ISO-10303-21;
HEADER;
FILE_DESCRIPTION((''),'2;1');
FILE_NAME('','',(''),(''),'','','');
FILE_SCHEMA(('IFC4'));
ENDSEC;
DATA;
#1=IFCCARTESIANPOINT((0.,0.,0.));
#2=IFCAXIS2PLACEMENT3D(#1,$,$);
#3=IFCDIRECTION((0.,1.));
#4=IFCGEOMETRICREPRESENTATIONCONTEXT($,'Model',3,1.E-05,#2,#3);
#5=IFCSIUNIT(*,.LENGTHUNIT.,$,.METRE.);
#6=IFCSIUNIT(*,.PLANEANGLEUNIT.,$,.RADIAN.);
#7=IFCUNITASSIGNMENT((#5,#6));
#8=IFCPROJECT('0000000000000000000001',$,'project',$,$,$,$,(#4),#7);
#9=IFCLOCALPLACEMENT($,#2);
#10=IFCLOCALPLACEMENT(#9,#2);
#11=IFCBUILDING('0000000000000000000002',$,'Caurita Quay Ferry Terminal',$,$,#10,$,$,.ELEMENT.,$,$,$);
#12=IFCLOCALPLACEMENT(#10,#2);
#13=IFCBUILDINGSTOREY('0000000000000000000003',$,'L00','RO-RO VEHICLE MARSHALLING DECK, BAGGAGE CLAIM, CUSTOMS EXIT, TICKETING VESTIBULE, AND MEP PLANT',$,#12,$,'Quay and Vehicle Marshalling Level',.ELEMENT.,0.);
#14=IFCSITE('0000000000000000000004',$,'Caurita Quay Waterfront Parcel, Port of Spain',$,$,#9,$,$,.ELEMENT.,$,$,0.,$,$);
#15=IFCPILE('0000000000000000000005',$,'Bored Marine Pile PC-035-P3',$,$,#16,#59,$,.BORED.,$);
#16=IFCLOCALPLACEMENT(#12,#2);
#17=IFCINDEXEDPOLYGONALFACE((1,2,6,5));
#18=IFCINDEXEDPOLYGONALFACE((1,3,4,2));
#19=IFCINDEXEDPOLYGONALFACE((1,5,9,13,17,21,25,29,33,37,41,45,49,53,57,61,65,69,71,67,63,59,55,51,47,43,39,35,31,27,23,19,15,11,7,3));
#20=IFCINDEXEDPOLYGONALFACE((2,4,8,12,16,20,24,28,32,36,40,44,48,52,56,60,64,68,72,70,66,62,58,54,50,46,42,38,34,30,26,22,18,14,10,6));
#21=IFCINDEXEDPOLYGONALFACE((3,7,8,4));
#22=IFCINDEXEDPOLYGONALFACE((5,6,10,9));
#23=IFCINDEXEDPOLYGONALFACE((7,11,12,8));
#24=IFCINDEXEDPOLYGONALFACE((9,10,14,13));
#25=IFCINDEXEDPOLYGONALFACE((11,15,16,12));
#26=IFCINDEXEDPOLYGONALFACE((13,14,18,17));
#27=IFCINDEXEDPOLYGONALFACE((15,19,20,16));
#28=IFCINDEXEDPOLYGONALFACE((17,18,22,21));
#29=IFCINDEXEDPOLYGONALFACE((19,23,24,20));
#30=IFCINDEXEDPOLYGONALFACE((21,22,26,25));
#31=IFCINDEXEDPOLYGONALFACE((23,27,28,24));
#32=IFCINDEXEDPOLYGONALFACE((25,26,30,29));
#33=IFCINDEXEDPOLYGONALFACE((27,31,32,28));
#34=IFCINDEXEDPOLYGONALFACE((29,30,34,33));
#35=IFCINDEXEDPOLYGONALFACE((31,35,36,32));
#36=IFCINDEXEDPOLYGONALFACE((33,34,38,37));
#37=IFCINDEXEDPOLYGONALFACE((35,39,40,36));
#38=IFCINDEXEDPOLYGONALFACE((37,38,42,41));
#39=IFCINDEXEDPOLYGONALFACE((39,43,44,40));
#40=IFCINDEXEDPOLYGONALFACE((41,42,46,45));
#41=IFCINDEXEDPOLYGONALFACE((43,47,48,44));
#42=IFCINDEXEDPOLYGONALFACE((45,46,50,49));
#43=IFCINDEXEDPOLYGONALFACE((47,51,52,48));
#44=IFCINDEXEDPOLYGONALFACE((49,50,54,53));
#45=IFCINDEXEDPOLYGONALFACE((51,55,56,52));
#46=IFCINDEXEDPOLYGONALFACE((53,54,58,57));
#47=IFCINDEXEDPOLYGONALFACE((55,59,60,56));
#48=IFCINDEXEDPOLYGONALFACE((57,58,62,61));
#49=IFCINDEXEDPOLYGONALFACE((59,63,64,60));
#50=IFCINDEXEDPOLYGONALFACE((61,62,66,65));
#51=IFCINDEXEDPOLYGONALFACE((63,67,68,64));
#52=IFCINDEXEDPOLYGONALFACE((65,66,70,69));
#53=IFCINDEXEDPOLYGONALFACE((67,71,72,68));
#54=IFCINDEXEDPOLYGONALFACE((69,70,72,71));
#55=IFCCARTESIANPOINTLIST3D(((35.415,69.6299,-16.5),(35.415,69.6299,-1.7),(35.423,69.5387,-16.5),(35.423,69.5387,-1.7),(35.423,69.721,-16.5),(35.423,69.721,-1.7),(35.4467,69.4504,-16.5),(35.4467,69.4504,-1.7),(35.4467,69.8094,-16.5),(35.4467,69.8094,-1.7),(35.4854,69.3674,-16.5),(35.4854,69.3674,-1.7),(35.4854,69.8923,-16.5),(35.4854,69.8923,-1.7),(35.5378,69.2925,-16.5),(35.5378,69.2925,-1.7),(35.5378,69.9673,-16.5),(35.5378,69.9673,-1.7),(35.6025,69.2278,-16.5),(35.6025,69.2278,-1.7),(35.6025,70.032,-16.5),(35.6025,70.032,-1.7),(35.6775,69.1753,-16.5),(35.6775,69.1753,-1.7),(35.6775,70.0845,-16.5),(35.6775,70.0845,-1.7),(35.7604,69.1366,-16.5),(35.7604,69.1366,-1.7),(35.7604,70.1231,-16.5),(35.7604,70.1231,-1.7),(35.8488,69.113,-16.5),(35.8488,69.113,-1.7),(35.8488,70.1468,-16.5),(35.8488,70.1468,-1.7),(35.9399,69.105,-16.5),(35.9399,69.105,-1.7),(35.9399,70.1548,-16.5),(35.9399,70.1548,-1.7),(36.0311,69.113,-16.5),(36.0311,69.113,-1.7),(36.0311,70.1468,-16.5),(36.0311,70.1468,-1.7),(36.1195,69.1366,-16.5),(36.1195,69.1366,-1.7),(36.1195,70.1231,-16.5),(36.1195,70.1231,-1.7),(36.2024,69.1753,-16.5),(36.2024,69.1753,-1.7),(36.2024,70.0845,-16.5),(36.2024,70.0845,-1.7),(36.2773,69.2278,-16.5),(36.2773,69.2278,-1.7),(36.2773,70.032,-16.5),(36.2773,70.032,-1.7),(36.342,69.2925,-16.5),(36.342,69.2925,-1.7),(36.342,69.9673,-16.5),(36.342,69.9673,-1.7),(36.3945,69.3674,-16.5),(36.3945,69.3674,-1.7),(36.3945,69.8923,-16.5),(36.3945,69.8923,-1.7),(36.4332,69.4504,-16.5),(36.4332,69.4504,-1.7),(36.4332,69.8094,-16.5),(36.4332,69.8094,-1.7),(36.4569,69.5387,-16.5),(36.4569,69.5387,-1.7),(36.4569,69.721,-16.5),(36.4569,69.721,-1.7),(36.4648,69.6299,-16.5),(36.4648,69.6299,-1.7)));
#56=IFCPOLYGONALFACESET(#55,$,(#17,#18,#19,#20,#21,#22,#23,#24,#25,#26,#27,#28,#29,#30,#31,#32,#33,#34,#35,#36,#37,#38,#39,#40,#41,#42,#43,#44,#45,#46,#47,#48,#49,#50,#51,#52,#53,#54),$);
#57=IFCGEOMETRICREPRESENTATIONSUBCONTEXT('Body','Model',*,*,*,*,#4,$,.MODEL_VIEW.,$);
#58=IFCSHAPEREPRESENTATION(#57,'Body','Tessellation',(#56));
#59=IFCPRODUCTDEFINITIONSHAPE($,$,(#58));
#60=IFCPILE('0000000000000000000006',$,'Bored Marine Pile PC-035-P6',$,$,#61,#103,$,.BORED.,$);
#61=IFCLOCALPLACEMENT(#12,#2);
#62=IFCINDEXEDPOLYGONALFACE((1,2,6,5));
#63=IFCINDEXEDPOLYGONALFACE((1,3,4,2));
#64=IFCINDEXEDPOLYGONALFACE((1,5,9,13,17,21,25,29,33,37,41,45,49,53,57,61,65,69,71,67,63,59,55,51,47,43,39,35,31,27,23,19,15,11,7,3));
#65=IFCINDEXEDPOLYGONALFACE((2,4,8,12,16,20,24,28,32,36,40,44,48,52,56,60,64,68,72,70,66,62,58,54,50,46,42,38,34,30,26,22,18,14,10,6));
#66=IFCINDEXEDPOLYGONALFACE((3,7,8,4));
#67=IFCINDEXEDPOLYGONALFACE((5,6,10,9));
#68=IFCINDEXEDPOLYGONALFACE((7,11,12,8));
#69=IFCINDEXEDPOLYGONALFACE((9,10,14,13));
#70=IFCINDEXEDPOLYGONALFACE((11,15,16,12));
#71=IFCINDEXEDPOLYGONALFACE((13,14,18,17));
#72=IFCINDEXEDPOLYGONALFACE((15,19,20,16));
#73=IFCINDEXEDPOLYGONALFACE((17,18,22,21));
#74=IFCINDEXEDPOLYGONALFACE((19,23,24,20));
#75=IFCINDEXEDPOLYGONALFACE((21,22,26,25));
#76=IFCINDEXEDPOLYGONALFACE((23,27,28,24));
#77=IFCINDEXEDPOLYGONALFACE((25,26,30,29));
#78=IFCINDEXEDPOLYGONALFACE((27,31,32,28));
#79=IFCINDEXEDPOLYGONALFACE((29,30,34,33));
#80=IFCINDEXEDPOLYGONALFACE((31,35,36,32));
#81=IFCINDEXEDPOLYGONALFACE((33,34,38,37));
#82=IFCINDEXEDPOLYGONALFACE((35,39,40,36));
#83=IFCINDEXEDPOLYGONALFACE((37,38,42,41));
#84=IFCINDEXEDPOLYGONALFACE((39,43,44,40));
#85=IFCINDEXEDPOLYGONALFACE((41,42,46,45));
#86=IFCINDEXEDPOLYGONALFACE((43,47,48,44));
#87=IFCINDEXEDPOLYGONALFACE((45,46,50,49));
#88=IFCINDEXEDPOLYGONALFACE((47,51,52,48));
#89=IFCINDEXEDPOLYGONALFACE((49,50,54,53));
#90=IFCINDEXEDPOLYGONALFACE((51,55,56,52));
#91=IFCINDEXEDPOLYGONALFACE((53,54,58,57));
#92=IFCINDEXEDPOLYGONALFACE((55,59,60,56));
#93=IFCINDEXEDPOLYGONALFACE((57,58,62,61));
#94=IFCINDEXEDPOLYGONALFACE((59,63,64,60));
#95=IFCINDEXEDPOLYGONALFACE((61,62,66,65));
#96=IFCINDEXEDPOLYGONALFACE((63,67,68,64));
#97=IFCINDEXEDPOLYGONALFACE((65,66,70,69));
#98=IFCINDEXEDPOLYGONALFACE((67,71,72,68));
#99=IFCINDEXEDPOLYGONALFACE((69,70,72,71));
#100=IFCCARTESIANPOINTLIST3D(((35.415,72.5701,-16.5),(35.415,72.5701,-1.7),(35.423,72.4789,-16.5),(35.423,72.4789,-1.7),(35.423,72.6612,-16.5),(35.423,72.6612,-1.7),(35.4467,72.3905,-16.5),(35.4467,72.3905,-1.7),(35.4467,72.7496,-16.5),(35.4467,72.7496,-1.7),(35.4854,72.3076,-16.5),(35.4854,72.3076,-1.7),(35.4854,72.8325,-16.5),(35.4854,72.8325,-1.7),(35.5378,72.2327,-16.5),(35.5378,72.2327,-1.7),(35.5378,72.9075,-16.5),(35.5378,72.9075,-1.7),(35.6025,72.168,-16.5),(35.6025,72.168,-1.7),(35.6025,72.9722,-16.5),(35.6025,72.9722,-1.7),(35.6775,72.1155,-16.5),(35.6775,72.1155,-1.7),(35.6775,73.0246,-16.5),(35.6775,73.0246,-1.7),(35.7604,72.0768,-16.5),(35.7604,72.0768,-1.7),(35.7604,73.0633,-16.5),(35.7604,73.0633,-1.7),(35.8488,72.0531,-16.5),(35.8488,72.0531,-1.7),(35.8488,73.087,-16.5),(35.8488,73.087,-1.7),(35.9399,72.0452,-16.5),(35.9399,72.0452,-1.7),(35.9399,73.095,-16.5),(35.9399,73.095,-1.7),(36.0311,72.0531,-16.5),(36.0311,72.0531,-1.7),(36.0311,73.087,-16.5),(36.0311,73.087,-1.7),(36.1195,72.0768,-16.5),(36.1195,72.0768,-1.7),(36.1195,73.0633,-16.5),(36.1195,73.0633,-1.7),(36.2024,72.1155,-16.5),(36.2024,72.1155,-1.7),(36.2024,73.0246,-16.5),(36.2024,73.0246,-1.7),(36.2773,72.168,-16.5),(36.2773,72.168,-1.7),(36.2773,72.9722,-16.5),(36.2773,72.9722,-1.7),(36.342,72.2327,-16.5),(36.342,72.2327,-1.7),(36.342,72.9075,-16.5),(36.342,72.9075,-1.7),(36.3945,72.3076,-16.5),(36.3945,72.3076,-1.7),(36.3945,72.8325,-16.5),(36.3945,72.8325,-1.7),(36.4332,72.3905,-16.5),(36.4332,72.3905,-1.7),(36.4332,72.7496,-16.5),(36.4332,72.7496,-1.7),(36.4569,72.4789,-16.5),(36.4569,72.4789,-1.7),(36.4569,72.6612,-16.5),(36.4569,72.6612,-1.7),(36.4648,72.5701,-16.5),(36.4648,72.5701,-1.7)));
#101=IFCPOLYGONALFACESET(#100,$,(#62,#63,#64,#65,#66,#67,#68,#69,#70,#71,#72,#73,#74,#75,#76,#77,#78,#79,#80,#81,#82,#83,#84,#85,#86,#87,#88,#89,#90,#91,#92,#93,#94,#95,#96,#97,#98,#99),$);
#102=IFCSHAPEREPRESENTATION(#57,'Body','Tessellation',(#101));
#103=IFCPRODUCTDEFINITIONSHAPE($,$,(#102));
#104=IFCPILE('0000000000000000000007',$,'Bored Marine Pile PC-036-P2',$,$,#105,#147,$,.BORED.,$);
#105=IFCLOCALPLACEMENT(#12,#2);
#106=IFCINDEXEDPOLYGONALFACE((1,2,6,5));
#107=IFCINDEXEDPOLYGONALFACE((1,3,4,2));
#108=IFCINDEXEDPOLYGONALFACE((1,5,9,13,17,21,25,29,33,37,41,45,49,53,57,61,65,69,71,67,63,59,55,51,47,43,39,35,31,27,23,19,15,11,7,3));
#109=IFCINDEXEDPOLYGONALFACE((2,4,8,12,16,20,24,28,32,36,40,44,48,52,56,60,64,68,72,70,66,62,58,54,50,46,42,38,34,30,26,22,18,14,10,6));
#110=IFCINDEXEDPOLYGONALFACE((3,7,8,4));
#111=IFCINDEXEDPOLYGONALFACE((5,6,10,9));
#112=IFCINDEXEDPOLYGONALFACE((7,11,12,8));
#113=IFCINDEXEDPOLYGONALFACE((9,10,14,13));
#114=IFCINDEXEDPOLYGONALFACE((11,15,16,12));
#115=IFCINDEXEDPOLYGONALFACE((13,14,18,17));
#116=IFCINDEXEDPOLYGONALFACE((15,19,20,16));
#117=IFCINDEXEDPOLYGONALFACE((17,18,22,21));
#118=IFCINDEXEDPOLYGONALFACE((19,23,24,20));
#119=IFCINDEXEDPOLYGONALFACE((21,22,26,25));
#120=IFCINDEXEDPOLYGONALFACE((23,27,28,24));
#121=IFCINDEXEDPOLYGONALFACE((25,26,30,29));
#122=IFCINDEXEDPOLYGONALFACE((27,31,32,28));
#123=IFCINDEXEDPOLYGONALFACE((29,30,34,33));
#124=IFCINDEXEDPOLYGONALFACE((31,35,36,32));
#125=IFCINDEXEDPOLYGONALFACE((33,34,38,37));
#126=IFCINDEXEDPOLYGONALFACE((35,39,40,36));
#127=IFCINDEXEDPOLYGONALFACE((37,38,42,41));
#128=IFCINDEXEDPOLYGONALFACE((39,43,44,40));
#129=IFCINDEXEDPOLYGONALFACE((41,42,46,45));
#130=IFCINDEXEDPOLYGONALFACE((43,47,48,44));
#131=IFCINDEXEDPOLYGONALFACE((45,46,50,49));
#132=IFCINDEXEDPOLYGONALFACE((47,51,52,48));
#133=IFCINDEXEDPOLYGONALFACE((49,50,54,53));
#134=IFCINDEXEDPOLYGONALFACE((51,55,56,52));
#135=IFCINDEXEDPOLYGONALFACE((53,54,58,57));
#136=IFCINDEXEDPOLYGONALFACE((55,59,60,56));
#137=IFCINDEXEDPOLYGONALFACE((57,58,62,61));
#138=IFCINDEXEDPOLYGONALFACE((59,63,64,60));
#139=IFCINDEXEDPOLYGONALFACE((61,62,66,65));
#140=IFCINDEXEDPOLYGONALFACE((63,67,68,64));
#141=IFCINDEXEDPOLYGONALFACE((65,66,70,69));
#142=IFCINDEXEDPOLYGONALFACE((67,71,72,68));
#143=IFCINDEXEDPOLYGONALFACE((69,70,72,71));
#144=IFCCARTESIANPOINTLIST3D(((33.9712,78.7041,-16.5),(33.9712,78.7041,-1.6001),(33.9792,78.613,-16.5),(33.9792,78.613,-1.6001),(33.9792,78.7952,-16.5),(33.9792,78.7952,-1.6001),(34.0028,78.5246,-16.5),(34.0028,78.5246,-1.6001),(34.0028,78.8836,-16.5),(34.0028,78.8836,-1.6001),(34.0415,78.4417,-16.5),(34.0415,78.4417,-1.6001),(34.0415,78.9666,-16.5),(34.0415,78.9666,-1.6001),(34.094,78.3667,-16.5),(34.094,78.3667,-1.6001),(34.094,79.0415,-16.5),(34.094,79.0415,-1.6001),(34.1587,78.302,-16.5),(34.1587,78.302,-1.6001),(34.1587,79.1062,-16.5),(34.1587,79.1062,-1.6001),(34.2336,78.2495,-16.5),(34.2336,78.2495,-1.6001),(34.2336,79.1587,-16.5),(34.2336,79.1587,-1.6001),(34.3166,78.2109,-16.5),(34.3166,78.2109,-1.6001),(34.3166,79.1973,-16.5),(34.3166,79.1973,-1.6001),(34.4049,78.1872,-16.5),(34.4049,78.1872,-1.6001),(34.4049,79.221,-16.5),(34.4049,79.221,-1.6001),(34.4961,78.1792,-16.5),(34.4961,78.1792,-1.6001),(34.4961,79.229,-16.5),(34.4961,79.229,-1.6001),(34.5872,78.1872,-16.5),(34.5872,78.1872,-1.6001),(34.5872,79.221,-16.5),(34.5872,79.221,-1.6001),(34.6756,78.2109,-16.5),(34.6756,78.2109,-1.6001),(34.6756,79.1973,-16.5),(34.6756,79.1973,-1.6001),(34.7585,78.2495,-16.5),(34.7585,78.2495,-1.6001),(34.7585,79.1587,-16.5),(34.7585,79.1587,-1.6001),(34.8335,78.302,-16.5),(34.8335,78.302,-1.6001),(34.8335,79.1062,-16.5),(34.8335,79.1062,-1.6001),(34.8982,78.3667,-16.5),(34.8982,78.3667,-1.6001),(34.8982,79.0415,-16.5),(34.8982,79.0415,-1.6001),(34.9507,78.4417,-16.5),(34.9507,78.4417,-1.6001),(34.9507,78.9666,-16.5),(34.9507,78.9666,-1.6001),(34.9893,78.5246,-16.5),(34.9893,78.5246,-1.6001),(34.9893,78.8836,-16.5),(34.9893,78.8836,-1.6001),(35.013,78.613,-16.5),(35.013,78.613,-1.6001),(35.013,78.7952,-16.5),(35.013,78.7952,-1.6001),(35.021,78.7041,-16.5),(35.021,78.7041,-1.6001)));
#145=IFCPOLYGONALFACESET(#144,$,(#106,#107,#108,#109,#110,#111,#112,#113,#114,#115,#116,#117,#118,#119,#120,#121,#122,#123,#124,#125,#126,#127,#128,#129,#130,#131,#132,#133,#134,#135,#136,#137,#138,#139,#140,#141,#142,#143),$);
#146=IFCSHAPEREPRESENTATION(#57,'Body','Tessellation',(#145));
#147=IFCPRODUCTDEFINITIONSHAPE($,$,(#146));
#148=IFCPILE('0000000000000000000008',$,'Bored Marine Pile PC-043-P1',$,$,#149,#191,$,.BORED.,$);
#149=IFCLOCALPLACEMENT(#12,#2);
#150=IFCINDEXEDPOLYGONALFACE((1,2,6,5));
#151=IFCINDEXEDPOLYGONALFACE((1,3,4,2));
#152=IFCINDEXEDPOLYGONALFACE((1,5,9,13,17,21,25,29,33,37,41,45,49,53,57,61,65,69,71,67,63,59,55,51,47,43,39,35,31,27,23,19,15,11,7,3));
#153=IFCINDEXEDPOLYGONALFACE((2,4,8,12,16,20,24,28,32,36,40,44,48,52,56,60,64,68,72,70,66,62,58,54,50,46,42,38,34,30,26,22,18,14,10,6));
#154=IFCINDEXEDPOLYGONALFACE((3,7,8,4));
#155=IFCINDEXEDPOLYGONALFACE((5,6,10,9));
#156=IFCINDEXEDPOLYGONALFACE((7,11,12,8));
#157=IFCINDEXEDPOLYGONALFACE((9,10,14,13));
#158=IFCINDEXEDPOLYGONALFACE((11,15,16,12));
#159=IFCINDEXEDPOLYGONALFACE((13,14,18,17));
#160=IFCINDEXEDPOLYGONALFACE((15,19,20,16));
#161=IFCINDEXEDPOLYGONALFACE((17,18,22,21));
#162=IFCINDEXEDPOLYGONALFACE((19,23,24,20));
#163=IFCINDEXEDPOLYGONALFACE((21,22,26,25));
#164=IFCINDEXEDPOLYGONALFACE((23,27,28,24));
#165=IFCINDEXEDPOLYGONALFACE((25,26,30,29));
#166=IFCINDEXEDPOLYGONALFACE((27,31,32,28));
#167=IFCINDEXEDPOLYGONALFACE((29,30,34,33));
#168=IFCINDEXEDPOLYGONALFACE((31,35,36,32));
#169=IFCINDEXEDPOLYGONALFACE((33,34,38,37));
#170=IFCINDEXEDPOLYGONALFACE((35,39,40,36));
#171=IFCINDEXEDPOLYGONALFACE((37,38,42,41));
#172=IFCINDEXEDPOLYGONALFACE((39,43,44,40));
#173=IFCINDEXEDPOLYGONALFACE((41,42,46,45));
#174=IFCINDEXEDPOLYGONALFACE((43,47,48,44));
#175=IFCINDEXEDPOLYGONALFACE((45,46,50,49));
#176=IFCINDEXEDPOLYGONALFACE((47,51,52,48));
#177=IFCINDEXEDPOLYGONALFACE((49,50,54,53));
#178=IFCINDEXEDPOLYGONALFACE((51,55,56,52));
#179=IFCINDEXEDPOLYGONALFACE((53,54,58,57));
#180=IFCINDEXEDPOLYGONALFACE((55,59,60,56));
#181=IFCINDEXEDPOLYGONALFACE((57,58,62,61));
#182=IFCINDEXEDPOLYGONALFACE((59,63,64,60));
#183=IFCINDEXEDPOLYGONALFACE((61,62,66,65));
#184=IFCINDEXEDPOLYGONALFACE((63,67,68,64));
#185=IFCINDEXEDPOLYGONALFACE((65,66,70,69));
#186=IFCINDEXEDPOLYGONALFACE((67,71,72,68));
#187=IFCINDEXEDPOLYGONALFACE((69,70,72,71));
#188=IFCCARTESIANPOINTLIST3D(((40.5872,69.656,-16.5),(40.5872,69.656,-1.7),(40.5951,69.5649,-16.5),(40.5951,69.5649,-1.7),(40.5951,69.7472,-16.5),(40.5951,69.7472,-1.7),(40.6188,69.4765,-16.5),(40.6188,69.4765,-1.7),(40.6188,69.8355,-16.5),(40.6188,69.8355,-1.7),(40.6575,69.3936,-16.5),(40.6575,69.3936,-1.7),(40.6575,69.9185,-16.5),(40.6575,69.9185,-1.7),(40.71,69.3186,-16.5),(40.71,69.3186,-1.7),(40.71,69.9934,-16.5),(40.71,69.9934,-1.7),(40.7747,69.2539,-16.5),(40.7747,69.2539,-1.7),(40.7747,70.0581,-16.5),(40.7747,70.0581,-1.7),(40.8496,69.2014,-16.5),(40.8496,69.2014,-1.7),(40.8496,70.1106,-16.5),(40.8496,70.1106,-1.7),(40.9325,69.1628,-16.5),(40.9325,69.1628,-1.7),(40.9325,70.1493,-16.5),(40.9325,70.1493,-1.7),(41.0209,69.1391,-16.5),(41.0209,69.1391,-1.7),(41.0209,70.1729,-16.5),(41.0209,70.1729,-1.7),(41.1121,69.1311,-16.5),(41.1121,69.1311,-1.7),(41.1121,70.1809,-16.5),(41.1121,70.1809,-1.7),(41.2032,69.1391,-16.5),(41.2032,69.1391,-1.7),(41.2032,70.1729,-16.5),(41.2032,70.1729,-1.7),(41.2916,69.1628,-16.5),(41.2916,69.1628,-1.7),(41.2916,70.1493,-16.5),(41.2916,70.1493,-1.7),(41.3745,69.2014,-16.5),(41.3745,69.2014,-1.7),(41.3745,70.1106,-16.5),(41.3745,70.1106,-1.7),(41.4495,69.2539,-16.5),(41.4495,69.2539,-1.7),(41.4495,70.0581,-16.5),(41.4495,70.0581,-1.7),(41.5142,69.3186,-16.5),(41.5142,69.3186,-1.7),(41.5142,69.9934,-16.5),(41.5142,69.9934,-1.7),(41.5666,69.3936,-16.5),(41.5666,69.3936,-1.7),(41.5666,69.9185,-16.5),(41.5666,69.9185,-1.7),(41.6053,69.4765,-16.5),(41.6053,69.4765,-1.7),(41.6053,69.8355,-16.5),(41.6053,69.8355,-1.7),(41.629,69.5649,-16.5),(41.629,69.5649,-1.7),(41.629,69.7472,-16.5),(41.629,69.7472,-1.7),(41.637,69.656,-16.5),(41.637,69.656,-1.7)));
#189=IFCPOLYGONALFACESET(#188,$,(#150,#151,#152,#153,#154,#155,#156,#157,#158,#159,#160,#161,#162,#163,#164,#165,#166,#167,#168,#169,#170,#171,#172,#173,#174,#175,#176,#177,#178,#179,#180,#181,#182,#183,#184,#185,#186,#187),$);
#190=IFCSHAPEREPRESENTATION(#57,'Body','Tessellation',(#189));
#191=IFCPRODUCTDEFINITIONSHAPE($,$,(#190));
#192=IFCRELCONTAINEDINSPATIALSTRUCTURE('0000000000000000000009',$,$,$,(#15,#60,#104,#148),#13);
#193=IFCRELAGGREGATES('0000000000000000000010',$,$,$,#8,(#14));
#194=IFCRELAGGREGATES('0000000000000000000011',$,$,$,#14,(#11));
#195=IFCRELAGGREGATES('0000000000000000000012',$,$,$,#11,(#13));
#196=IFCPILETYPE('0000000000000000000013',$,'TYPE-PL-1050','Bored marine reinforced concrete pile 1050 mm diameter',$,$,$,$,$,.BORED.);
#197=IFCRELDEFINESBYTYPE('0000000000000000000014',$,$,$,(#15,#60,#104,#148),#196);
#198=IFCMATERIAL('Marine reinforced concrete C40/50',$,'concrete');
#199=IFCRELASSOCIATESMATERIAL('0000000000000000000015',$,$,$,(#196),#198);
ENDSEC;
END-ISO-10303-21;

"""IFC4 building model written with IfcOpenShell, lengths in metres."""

from ifc_helpers import new_model, si_unit, direction, frame, origin, origin_2d, place, context, subcontext, project, spatial, circle, extrude, material, material_profile, profile_set, type_object, element, save


model = new_model("IFC4")

# Units and contexts
model_context = context("Model", 3, precision=1e-05, world=origin(), true_north=direction((0.0, 1.0)))
body_context = subcontext(model_context, "Body", "Model", "MODEL_VIEW")
ifc_project = project(units=[si_unit("LENGTHUNIT", "METRE"), si_unit("PLANEANGLEUNIT", "RADIAN")], contexts=[model_context])

# Site, building, storey
site_placement = place(None, origin())
site = spatial("IfcSite", under=ifc_project, at=site_placement, Name="Caurita Quay Waterfront Parcel, Port of Spain", CompositionType="ELEMENT", RefElevation=0.0)
building_placement = place(site_placement, origin())
building = spatial("IfcBuilding", under=site, at=building_placement, Name="Caurita Quay Ferry Terminal", CompositionType="ELEMENT")
storey_placement = place(building_placement, origin())
storey = spatial("IfcBuildingStorey", under=building, at=storey_placement, Name="L00", Description="RO-RO VEHICLE MARSHALLING DECK, BAGGAGE CLAIM, CUSTOMS EXIT, TICKETING VESTIBULE, AND MEP PLANT", LongName="Quay and Vehicle Marshalling Level", CompositionType="ELEMENT", Elevation=0.0)

# Piles
ifc_material_1 = material(Name="Marine reinforced concrete C40/50", Category="concrete")
ifc_material_profile_1 = material_profile(ifc_material_1, circle(Radius=0.5249, at=origin_2d()), Name="PILE-D1050")
ifc_profile_set_1 = profile_set([ifc_material_profile_1], Name="Marine reinforced concrete C40/50")
pile_type = type_object("IfcPileType", Name="TYPE-PL-1050", Description="Bored marine reinforced concrete pile 1050 mm diameter", PredefinedType="BORED", material=ifc_profile_set_1)
for number, where, z_axis, x_axis, name in (
    (1, (35.9399, 69.6299, -1.7), (0.0, 0.0, -1.0), (1.0, 0.0, 0.0), "Bored Marine Pile PC-035-P3"),
    (2, (35.9399, 72.5701, -1.7), (0.0, 0.0, -1.0), (1.0, 0.0, 0.0), "Bored Marine Pile PC-035-P6"),
):
    element("IfcPile", number, at=place(storey_placement, frame(where, z_axis=z_axis, x_axis=x_axis)), inside=storey, type_object=pile_type, Name=name, PredefinedType="BORED", context=body_context, shape_type="SweptSolid", body=[
        extrude(circle(Radius=0.5249, at=origin_2d()), origin(), (0.0, 0.0, 1.0), 14.8),
    ])
pile_1_placement = place(storey_placement, frame((34.4961, 78.7041, -1.6001), z_axis=(0.0, 0.0, -1.0), x_axis=(1.0, 0.0, 0.0)))
element("IfcPile", 3, at=pile_1_placement, inside=storey, type_object=pile_type, Name="Bored Marine Pile PC-036-P2", PredefinedType="BORED", context=body_context, shape_type="SweptSolid", body=[
    extrude(circle(Radius=0.5249, at=origin_2d()), origin(), (0.0, 0.0, 1.0), 14.8999),
])
for number, where, z_axis, x_axis, name in (
    (4, (41.1121, 69.656, -1.7), (0.0, 0.0, -1.0), (1.0, 0.0, 0.0), "Bored Marine Pile PC-043-P1"),
):
    element("IfcPile", number, at=place(storey_placement, frame(where, z_axis=z_axis, x_axis=x_axis)), inside=storey, type_object=pile_type, Name=name, PredefinedType="BORED", context=body_context, shape_type="SweptSolid", body=[
        extrude(circle(Radius=0.5249, at=origin_2d()), origin(), (0.0, 0.0, 1.0), 14.8),
    ])

save(model, "model.ifc")
